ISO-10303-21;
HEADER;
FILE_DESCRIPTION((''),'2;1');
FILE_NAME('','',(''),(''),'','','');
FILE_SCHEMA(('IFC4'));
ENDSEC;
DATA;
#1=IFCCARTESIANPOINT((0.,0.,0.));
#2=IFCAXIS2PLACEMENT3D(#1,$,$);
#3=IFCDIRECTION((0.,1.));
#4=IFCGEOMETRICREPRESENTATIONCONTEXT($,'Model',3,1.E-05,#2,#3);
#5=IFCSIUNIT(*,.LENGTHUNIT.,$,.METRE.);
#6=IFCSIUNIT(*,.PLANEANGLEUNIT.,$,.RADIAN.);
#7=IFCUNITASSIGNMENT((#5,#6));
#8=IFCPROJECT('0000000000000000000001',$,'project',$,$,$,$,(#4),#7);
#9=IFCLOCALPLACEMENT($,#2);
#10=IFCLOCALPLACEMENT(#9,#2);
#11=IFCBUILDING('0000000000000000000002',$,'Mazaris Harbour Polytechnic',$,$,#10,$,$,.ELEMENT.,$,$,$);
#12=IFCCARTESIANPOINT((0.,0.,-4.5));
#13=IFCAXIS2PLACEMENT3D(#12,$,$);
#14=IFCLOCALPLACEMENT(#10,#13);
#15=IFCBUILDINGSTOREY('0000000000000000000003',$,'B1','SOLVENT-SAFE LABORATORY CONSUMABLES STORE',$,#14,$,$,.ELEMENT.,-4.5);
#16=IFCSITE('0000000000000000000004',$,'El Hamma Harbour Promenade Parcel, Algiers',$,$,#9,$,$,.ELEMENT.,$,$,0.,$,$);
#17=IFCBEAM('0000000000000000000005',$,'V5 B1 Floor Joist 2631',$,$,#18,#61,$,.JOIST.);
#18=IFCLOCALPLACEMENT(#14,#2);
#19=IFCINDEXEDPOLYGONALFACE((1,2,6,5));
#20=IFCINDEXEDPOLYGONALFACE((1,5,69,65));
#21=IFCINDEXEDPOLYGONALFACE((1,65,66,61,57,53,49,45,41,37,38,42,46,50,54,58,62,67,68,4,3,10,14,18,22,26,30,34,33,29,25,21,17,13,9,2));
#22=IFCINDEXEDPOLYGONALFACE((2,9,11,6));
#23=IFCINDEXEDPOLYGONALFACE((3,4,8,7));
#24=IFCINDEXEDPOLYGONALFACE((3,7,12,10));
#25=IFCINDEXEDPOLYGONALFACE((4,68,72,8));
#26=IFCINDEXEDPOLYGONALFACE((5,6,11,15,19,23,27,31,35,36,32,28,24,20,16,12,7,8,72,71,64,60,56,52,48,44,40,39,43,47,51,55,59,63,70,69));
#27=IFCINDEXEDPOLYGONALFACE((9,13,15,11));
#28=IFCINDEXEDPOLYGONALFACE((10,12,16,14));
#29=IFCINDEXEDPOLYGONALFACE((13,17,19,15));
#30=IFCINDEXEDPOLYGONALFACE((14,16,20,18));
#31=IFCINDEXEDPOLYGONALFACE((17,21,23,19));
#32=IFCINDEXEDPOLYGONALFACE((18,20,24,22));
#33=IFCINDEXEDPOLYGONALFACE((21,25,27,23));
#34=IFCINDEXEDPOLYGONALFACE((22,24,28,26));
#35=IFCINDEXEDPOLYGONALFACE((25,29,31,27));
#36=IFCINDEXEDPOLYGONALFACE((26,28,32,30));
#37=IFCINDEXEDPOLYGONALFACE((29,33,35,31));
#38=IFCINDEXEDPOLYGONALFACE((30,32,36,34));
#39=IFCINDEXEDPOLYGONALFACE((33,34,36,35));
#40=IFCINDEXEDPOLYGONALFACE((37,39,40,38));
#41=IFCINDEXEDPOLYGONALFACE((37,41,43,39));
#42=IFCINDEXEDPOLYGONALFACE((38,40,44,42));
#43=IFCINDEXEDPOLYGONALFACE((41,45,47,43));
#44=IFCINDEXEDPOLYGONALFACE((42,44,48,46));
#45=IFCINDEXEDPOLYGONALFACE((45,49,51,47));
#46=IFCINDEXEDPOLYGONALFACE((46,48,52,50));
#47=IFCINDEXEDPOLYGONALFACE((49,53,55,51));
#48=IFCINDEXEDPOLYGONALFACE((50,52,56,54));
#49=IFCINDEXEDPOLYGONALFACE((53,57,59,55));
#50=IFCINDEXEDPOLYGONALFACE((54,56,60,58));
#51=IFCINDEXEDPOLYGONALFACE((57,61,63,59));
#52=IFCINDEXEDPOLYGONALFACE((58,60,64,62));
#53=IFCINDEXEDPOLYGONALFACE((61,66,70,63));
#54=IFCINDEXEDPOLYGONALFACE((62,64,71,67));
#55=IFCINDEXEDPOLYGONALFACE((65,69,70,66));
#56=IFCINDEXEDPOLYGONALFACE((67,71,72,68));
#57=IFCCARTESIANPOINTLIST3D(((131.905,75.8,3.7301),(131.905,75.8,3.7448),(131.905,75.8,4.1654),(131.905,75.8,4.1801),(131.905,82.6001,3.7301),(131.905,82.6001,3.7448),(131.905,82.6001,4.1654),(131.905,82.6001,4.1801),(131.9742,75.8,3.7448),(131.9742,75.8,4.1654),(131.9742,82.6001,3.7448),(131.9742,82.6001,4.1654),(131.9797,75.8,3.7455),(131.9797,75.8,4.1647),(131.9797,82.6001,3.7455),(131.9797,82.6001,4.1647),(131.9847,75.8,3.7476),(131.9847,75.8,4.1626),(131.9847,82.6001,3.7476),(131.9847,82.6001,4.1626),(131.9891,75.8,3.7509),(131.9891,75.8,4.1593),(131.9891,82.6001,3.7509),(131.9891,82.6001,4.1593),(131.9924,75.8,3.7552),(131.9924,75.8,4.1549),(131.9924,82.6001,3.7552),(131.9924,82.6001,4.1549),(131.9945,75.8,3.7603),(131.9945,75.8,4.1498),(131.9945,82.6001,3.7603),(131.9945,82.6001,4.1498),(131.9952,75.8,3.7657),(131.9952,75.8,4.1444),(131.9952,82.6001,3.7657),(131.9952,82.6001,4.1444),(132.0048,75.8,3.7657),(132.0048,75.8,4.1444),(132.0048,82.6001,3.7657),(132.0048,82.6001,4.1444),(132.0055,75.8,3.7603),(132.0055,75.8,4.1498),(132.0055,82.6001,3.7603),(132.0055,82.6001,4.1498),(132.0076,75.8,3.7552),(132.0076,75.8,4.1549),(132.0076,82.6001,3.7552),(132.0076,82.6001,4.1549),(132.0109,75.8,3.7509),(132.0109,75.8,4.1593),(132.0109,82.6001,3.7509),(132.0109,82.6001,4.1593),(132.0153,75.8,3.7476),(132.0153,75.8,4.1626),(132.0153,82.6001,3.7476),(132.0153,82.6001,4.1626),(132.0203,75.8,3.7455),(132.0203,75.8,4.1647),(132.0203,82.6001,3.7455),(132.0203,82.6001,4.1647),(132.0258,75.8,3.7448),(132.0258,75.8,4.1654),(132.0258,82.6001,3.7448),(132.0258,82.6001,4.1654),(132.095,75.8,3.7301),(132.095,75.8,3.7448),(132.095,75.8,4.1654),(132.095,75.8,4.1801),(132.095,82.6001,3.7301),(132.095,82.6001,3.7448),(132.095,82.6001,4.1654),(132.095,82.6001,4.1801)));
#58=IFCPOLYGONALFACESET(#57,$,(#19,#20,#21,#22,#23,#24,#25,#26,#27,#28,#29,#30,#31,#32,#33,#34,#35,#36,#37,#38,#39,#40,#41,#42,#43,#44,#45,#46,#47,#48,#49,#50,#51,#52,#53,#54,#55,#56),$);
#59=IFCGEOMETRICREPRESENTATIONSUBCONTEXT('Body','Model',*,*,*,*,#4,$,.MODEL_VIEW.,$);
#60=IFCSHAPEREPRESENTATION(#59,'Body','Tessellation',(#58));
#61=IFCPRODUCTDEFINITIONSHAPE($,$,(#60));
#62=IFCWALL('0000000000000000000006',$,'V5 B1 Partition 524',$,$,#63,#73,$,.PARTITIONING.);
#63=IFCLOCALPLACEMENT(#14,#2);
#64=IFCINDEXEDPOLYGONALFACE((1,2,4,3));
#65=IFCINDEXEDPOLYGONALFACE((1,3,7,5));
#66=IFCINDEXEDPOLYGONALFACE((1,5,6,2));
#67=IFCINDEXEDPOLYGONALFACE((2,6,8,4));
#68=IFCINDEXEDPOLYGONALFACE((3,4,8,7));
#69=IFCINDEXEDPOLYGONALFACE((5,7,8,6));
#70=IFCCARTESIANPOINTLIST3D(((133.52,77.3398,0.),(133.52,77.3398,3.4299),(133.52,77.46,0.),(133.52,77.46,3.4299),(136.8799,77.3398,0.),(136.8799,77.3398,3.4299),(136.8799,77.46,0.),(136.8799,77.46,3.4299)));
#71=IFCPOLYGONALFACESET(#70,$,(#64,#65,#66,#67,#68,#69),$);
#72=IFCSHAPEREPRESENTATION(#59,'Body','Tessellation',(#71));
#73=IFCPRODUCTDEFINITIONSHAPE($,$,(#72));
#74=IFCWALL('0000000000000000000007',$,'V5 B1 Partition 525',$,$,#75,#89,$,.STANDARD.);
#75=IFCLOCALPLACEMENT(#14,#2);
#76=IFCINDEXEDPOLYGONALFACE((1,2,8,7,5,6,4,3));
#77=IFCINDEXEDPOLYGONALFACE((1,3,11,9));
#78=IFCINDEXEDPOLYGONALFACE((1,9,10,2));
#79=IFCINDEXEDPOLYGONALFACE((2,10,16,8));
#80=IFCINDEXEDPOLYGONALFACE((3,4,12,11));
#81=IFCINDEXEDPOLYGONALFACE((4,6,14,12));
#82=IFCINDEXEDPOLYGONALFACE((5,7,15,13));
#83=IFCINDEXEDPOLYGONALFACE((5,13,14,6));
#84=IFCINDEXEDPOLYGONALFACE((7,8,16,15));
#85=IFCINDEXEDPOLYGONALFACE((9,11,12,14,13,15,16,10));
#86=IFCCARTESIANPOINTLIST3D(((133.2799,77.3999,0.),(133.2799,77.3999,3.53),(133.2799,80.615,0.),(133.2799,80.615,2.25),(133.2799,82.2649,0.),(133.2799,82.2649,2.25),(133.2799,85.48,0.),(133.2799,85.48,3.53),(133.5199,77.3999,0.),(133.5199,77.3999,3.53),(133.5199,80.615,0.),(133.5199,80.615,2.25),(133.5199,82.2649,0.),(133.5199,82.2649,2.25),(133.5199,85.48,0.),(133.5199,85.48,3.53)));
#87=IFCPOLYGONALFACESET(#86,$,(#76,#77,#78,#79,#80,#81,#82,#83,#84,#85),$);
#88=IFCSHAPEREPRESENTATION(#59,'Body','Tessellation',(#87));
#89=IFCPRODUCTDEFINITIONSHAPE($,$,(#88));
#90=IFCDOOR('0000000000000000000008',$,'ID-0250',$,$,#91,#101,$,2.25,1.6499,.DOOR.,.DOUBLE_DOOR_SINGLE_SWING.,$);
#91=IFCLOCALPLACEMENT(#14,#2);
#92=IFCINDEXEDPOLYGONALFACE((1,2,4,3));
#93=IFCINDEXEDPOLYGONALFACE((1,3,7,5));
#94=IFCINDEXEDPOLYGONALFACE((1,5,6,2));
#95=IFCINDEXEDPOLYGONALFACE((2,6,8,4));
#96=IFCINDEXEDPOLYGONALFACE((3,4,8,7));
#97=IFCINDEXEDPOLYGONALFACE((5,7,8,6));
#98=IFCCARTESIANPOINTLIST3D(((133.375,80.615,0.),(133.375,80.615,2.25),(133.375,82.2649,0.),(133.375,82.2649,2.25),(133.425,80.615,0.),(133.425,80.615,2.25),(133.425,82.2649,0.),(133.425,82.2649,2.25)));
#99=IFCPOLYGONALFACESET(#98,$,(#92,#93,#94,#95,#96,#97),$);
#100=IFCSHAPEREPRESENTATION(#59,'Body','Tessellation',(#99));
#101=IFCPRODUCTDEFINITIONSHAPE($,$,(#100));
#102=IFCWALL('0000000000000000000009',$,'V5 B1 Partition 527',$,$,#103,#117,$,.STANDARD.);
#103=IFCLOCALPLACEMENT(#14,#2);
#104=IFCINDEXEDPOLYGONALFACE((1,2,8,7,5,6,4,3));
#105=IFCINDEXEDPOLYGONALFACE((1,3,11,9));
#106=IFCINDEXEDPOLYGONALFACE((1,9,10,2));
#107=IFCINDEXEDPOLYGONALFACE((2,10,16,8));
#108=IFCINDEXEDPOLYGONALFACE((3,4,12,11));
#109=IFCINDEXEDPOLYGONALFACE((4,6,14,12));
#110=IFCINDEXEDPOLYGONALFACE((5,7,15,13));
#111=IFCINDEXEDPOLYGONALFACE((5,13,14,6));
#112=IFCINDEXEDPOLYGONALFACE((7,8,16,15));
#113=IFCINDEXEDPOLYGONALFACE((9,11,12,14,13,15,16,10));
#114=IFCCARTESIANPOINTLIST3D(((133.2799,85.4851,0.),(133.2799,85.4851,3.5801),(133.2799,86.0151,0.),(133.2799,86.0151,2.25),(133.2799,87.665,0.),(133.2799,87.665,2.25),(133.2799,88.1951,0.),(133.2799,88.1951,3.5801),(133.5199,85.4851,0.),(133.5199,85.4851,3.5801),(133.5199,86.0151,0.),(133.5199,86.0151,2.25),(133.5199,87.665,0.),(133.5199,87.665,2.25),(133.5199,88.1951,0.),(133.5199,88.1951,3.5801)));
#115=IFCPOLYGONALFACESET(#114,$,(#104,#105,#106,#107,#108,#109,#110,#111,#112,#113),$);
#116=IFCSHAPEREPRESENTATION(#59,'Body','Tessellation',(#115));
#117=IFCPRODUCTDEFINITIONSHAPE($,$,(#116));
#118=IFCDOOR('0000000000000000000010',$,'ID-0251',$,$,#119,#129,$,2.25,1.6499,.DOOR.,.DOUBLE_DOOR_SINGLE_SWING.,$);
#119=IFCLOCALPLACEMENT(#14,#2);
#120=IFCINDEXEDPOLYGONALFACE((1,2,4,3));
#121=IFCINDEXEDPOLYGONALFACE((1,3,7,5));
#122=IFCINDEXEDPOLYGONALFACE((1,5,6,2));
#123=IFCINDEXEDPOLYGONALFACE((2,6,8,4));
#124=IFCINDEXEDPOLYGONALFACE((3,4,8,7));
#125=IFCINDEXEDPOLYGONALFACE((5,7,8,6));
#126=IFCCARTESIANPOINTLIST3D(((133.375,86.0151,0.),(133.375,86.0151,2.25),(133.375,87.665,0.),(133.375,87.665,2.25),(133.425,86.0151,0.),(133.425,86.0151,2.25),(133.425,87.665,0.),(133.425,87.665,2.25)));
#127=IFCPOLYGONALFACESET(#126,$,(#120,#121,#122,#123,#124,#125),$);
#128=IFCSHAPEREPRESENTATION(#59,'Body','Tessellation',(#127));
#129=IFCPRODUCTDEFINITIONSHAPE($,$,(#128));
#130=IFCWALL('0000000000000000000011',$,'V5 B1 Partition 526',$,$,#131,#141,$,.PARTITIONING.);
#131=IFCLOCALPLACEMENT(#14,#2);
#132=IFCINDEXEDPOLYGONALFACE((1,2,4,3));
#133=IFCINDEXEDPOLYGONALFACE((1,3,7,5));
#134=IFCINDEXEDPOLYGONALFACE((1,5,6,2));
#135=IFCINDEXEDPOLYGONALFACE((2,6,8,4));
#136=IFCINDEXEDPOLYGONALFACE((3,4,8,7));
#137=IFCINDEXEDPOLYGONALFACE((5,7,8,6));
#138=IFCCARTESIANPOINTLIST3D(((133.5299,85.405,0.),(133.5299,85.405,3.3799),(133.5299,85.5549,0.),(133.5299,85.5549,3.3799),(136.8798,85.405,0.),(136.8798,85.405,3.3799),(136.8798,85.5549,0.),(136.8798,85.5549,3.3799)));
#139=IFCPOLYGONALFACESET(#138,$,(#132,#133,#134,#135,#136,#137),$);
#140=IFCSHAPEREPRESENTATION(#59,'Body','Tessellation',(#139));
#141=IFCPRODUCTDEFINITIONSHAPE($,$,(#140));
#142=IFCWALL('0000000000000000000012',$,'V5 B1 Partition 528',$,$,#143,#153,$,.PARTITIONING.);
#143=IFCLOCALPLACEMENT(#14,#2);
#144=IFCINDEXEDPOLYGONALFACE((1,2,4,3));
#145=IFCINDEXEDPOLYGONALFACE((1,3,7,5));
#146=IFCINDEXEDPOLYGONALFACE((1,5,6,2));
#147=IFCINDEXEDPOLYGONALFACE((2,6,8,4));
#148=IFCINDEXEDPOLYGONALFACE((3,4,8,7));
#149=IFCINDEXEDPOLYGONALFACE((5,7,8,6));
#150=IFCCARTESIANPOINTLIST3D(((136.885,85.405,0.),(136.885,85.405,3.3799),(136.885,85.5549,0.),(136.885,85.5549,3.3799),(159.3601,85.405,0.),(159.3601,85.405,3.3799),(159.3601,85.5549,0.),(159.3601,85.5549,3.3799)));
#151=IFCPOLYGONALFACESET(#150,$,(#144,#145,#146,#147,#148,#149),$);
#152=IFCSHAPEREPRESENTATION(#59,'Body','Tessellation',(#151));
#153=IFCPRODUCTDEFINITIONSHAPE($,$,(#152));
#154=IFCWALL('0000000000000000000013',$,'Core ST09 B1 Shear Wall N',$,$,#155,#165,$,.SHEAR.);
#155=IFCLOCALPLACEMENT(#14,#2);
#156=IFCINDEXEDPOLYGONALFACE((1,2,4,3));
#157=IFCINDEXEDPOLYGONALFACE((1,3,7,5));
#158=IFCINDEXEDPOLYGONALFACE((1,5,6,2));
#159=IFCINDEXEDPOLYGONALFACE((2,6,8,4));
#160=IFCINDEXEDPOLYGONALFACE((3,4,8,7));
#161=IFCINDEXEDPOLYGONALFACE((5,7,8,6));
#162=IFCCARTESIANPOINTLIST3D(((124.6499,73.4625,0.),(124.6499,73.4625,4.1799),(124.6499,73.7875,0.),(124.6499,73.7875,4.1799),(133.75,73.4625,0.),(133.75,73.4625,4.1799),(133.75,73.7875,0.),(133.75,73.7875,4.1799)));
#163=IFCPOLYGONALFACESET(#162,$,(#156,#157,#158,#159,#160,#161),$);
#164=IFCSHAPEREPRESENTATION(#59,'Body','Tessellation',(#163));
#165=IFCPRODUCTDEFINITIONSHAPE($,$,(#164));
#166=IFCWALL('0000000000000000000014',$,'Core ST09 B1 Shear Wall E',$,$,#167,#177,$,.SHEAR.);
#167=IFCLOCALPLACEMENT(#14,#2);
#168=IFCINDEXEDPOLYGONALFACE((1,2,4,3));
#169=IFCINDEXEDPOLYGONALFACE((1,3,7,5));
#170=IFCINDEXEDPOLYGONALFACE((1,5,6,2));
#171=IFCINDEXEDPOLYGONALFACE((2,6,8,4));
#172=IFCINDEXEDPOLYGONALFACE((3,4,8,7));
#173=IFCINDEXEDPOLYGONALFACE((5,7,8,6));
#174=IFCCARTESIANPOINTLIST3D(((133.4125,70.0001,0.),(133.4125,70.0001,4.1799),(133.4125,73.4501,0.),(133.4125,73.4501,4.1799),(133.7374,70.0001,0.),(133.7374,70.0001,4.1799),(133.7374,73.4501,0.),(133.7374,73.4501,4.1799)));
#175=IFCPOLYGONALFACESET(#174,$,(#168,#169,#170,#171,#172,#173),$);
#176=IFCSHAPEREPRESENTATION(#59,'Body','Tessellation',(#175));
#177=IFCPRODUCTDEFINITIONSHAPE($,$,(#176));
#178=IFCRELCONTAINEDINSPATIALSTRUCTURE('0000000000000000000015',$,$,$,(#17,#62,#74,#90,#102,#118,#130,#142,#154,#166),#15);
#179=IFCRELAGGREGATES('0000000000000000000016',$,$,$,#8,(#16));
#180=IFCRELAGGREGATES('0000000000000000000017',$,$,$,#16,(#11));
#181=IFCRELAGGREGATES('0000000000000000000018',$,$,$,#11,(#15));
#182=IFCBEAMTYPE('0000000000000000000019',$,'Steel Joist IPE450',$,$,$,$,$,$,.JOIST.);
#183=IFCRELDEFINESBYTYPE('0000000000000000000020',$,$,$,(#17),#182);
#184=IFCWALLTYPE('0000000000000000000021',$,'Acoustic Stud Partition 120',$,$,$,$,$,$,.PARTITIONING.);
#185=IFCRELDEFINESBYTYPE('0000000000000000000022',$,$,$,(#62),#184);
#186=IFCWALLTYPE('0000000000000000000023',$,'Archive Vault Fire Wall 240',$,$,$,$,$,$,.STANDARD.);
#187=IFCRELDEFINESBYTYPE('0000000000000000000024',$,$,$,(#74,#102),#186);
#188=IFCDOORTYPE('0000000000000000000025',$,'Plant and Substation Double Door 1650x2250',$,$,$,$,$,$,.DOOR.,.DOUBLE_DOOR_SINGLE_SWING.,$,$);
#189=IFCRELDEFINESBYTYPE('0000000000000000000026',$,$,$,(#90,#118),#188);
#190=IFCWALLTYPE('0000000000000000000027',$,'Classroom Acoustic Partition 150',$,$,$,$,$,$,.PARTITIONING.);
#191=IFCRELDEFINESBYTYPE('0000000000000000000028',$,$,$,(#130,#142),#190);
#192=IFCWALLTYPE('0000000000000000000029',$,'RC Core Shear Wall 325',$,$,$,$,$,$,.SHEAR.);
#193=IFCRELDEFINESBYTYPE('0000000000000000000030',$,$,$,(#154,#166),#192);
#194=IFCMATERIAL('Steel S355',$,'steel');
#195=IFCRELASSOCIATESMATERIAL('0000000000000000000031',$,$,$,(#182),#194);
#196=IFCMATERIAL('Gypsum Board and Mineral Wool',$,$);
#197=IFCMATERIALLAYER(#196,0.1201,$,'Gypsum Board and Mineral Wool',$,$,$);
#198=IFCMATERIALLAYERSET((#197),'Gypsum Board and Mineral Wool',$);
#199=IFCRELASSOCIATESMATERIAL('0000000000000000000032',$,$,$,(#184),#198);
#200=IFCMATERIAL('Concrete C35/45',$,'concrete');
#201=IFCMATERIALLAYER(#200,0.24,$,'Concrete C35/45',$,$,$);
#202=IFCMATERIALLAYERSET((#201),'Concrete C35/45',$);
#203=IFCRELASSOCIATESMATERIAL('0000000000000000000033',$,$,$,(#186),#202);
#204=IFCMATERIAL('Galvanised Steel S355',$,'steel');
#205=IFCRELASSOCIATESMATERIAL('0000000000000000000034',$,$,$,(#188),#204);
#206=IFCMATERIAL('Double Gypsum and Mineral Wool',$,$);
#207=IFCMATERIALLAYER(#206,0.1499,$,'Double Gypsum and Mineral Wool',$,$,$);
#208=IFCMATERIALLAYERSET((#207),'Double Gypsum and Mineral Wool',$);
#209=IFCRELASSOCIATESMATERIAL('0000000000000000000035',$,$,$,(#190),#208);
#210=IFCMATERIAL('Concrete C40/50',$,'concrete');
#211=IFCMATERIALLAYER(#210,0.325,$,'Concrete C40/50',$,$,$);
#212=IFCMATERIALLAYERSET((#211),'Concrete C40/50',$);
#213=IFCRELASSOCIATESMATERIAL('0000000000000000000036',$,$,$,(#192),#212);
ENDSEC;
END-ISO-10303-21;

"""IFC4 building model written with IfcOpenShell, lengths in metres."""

from ifc_helpers import new_model, si_unit, direction, frame, frame_2d, origin, origin_2d, place, context, subcontext, project, spatial, rectangle, i_section, extrude, material, layer, layer_set, material_profile, profile_set, type_object, element, fill, save


model = new_model("IFC4")

# Units and contexts
model_context = context("Model", 3, precision=1e-05, world=origin(), true_north=direction((0.0, 1.0)))
body_context = subcontext(model_context, "Body", "Model", "MODEL_VIEW")
ifc_project = project(units=[si_unit("LENGTHUNIT", "METRE"), si_unit("PLANEANGLEUNIT", "RADIAN")], contexts=[model_context])

# Site, building, storey
site_placement = place(None, origin())
site = spatial("IfcSite", under=ifc_project, at=site_placement, Name="El Hamma Harbour Promenade Parcel, Algiers", CompositionType="ELEMENT", RefElevation=0.0)
building_placement = place(site_placement, origin())
building = spatial("IfcBuilding", under=site, at=building_placement, Name="Mazaris Harbour Polytechnic", CompositionType="ELEMENT")
storey_placement = place(building_placement, frame((0.0, 0.0, -4.5)))
storey = spatial("IfcBuildingStorey", under=building, at=storey_placement, Name="B1", Description="SOLVENT-SAFE LABORATORY CONSUMABLES STORE", CompositionType="ELEMENT", Elevation=-4.5)

# Beam
ifc_material_1 = material(Name="Steel S355", Category="steel")
ifc_material_profile_1 = material_profile(ifc_material_1, i_section(OverallWidth=0.1899, OverallDepth=0.45, WebThickness=0.0095, FlangeThickness=0.0146, FilletRadius=0.021, at=origin_2d()), Name="IPE 450")
ifc_profile_set_1 = profile_set([ifc_material_profile_1], Name="Steel S355")
beam_type_1 = type_object("IfcBeamType", Name="Steel Joist IPE450", PredefinedType="JOIST", material=ifc_profile_set_1)
beam_1_placement = place(storey_placement, frame((132.0, 75.8, 3.9551), z_axis=(0.0, 1.0, 0.0), x_axis=(-1.0, 0.0, 0.0)))
element("IfcBeam", 1, at=beam_1_placement, inside=storey, type_object=beam_type_1, Name="V5 B1 Floor Joist 2631", PredefinedType="JOIST", context=body_context, shape_type="SweptSolid", body=[
    extrude(i_section(OverallWidth=0.1899, OverallDepth=0.45, WebThickness=0.0095, FlangeThickness=0.0146, FilletRadius=0.021, at=origin_2d()), origin(), (0.0, 0.0, 1.0), 6.8),
])

# Wall
ifc_material_2 = material(Name="Gypsum Board and Mineral Wool")
ifc_layer_1 = layer(ifc_material_2, 0.1201, Name="Gypsum Board and Mineral Wool")
ifc_layer_set_1 = layer_set([ifc_layer_1], Name="Gypsum Board and Mineral Wool")
wall_type_1 = type_object("IfcWallType", Name="Acoustic Stud Partition 120", PredefinedType="PARTITIONING", material=ifc_layer_set_1)
wall_1_placement = place(storey_placement, frame((133.52, 77.3999, 0.0), z_axis=(0.0, 0.0, 1.0), x_axis=(1.0, 0.0, 0.0)))
element("IfcWall", 2, at=wall_1_placement, inside=storey, type_object=wall_type_1, Name="V5 B1 Partition 524", PredefinedType="PARTITIONING", context=body_context, shape_type="SweptSolid", body=[
    extrude(rectangle(XDim=3.3599, YDim=0.1201, at=frame_2d((1.6799, 0.0))), origin(), (0.0, 0.0, 1.0), 3.4299),
])

# Walls, openings, doors
ifc_material_3 = material(Name="Concrete C35/45", Category="concrete")
ifc_layer_2 = layer(ifc_material_3, 0.24, Name="Concrete C35/45")
ifc_layer_set_2 = layer_set([ifc_layer_2], Name="Concrete C35/45")
wall_type_2 = type_object("IfcWallType", Name="Archive Vault Fire Wall 240", PredefinedType="STANDARD", material=ifc_layer_set_2)
wall_2_placement = place(storey_placement, frame((133.3999, 77.3999, 0.0), z_axis=(0.0, 0.0, 1.0), x_axis=(0.0, 1.0, 0.0)))
wall_2 = element("IfcWall", 3, at=wall_2_placement, inside=storey, type_object=wall_type_2, Name="V5 B1 Partition 525", PredefinedType="STANDARD", context=body_context, shape_type="SweptSolid", body=[
    extrude(rectangle(XDim=8.0801, YDim=0.24, at=frame_2d((4.04, 0.0))), origin(), (0.0, 0.0, 1.0), 3.53),
])
opening_1_placement = place(wall_2_placement, frame((3.2151, 0.0, 0.0)))
opening_1 = element("IfcOpeningElement", 4, at=opening_1_placement, cuts=wall_2, PredefinedType="OPENING", context=body_context, shape_type="SweptSolid", body=[
    extrude(rectangle(XDim=1.6499, YDim=2.25, at=frame_2d((0.825, 1.125))), frame((0.0, 0.1299, 0.0), z_axis=(0.0, -1.0, 0.0), x_axis=(1.0, 0.0, 0.0)), (0.0, 0.0, 1.0), 0.26),
])
ifc_material_4 = material(Name="Galvanised Steel S355", Category="steel")
door_type = type_object("IfcDoorType", Name="Plant and Substation Double Door 1650x2250", OperationType="DOUBLE_DOOR_SINGLE_SWING", PredefinedType="DOOR", material=ifc_material_4)
door_1_placement = place(opening_1_placement, origin())
door_1 = element("IfcDoor", 5, at=door_1_placement, inside=storey, type_object=door_type, Name="ID-0250", OperationType="DOUBLE_DOOR_SINGLE_SWING", OverallHeight=2.25, OverallWidth=1.6499, PredefinedType="DOOR", context=body_context, shape_type="SweptSolid", body=[
    extrude(rectangle(XDim=1.6499, YDim=2.25, at=frame_2d((0.825, 1.125))), frame((0.0, 0.0249, 0.0), z_axis=(0.0, -1.0, 0.0), x_axis=(1.0, 0.0, 0.0)), (0.0, 0.0, 1.0), 0.05),
])
fill(opening_1, door_1)
wall_3_placement = place(storey_placement, frame((133.3999, 85.4851, 0.0), z_axis=(0.0, 0.0, 1.0), x_axis=(0.0, 1.0, 0.0)))
wall_3 = element("IfcWall", 6, at=wall_3_placement, inside=storey, type_object=wall_type_2, Name="V5 B1 Partition 527", PredefinedType="STANDARD", context=body_context, shape_type="SweptSolid", body=[
    extrude(rectangle(XDim=2.71, YDim=0.24, at=frame_2d((1.355, 0.0))), origin(), (0.0, 0.0, 1.0), 3.5801),
])
opening_2_placement = place(wall_3_placement, frame((0.53, 0.0, 0.0)))
opening_2 = element("IfcOpeningElement", 7, at=opening_2_placement, cuts=wall_3, PredefinedType="OPENING", context=body_context, shape_type="SweptSolid", body=[
    extrude(rectangle(XDim=1.6499, YDim=2.25, at=frame_2d((0.825, 1.125))), frame((0.0, 0.1299, 0.0), z_axis=(0.0, -1.0, 0.0), x_axis=(1.0, 0.0, 0.0)), (0.0, 0.0, 1.0), 0.26),
])
door_2_placement = place(opening_2_placement, origin())
door_2 = element("IfcDoor", 8, at=door_2_placement, inside=storey, type_object=door_type, Name="ID-0251", OperationType="DOUBLE_DOOR_SINGLE_SWING", OverallHeight=2.25, OverallWidth=1.6499, PredefinedType="DOOR", context=body_context, shape_type="SweptSolid", body=[
    extrude(rectangle(XDim=1.6499, YDim=2.25, at=frame_2d((0.825, 1.125))), frame((0.0, 0.0249, 0.0), z_axis=(0.0, -1.0, 0.0), x_axis=(1.0, 0.0, 0.0)), (0.0, 0.0, 1.0), 0.05),
])
fill(opening_2, door_2)

# Walls
ifc_material_5 = material(Name="Double Gypsum and Mineral Wool")
ifc_layer_3 = layer(ifc_material_5, 0.1499, Name="Double Gypsum and Mineral Wool")
ifc_layer_set_3 = layer_set([ifc_layer_3], Name="Double Gypsum and Mineral Wool")
wall_type_3 = type_object("IfcWallType", Name="Classroom Acoustic Partition 150", PredefinedType="PARTITIONING", material=ifc_layer_set_3)
wall_4_placement = place(storey_placement, frame((133.53, 85.48, 0.0), z_axis=(0.0, 0.0, 1.0), x_axis=(1.0, 0.0, 0.0)))
element("IfcWall", 9, at=wall_4_placement, inside=storey, type_object=wall_type_3, Name="V5 B1 Partition 526", PredefinedType="PARTITIONING", context=body_context, shape_type="SweptSolid", body=[
    extrude(rectangle(XDim=3.3499, YDim=0.1499, at=frame_2d((1.6748, 0.0))), origin(), (0.0, 0.0, 1.0), 3.3799),
])
wall_5_placement = place(storey_placement, frame((136.885, 85.48, 0.0), z_axis=(0.0, 0.0, 1.0), x_axis=(1.0, 0.0, 0.0)))
element("IfcWall", 10, at=wall_5_placement, inside=storey, type_object=wall_type_3, Name="V5 B1 Partition 528", PredefinedType="PARTITIONING", context=body_context, shape_type="SweptSolid", body=[
    extrude(rectangle(XDim=22.4751, YDim=0.1499, at=frame_2d((11.2375, 0.0))), origin(), (0.0, 0.0, 1.0), 3.3799),
])
ifc_material_6 = material(Name="Concrete C40/50", Category="concrete")
ifc_layer_4 = layer(ifc_material_6, 0.325, Name="Concrete C40/50")
ifc_layer_set_4 = layer_set([ifc_layer_4], Name="Concrete C40/50")
wall_type_4 = type_object("IfcWallType", Name="RC Core Shear Wall 325", PredefinedType="SHEAR", material=ifc_layer_set_4)
wall_6_placement = place(storey_placement, frame((133.75, 73.625, 0.0), z_axis=(0.0, 0.0, 1.0), x_axis=(-1.0, 0.0, 0.0)))
element("IfcWall", 11, at=wall_6_placement, inside=storey, type_object=wall_type_4, Name="Core ST09 B1 Shear Wall N", PredefinedType="SHEAR", context=body_context, shape_type="SweptSolid", body=[
    extrude(rectangle(XDim=9.1001, YDim=0.325, at=frame_2d((4.55, 0.0))), origin(), (0.0, 0.0, 1.0), 4.1799),
])
wall_7_placement = place(storey_placement, frame((133.575, 70.0, 0.0), z_axis=(0.0, 0.0, 1.0), x_axis=(0.0, 1.0, 0.0)))
element("IfcWall", 12, at=wall_7_placement, inside=storey, type_object=wall_type_4, Name="Core ST09 B1 Shear Wall E", PredefinedType="SHEAR", context=body_context, shape_type="SweptSolid", body=[
    extrude(rectangle(XDim=3.45, YDim=0.325, at=frame_2d((1.7251, 0.0))), origin(), (0.0, 0.0, 1.0), 4.1799),
])

save(model, "model.ifc")
